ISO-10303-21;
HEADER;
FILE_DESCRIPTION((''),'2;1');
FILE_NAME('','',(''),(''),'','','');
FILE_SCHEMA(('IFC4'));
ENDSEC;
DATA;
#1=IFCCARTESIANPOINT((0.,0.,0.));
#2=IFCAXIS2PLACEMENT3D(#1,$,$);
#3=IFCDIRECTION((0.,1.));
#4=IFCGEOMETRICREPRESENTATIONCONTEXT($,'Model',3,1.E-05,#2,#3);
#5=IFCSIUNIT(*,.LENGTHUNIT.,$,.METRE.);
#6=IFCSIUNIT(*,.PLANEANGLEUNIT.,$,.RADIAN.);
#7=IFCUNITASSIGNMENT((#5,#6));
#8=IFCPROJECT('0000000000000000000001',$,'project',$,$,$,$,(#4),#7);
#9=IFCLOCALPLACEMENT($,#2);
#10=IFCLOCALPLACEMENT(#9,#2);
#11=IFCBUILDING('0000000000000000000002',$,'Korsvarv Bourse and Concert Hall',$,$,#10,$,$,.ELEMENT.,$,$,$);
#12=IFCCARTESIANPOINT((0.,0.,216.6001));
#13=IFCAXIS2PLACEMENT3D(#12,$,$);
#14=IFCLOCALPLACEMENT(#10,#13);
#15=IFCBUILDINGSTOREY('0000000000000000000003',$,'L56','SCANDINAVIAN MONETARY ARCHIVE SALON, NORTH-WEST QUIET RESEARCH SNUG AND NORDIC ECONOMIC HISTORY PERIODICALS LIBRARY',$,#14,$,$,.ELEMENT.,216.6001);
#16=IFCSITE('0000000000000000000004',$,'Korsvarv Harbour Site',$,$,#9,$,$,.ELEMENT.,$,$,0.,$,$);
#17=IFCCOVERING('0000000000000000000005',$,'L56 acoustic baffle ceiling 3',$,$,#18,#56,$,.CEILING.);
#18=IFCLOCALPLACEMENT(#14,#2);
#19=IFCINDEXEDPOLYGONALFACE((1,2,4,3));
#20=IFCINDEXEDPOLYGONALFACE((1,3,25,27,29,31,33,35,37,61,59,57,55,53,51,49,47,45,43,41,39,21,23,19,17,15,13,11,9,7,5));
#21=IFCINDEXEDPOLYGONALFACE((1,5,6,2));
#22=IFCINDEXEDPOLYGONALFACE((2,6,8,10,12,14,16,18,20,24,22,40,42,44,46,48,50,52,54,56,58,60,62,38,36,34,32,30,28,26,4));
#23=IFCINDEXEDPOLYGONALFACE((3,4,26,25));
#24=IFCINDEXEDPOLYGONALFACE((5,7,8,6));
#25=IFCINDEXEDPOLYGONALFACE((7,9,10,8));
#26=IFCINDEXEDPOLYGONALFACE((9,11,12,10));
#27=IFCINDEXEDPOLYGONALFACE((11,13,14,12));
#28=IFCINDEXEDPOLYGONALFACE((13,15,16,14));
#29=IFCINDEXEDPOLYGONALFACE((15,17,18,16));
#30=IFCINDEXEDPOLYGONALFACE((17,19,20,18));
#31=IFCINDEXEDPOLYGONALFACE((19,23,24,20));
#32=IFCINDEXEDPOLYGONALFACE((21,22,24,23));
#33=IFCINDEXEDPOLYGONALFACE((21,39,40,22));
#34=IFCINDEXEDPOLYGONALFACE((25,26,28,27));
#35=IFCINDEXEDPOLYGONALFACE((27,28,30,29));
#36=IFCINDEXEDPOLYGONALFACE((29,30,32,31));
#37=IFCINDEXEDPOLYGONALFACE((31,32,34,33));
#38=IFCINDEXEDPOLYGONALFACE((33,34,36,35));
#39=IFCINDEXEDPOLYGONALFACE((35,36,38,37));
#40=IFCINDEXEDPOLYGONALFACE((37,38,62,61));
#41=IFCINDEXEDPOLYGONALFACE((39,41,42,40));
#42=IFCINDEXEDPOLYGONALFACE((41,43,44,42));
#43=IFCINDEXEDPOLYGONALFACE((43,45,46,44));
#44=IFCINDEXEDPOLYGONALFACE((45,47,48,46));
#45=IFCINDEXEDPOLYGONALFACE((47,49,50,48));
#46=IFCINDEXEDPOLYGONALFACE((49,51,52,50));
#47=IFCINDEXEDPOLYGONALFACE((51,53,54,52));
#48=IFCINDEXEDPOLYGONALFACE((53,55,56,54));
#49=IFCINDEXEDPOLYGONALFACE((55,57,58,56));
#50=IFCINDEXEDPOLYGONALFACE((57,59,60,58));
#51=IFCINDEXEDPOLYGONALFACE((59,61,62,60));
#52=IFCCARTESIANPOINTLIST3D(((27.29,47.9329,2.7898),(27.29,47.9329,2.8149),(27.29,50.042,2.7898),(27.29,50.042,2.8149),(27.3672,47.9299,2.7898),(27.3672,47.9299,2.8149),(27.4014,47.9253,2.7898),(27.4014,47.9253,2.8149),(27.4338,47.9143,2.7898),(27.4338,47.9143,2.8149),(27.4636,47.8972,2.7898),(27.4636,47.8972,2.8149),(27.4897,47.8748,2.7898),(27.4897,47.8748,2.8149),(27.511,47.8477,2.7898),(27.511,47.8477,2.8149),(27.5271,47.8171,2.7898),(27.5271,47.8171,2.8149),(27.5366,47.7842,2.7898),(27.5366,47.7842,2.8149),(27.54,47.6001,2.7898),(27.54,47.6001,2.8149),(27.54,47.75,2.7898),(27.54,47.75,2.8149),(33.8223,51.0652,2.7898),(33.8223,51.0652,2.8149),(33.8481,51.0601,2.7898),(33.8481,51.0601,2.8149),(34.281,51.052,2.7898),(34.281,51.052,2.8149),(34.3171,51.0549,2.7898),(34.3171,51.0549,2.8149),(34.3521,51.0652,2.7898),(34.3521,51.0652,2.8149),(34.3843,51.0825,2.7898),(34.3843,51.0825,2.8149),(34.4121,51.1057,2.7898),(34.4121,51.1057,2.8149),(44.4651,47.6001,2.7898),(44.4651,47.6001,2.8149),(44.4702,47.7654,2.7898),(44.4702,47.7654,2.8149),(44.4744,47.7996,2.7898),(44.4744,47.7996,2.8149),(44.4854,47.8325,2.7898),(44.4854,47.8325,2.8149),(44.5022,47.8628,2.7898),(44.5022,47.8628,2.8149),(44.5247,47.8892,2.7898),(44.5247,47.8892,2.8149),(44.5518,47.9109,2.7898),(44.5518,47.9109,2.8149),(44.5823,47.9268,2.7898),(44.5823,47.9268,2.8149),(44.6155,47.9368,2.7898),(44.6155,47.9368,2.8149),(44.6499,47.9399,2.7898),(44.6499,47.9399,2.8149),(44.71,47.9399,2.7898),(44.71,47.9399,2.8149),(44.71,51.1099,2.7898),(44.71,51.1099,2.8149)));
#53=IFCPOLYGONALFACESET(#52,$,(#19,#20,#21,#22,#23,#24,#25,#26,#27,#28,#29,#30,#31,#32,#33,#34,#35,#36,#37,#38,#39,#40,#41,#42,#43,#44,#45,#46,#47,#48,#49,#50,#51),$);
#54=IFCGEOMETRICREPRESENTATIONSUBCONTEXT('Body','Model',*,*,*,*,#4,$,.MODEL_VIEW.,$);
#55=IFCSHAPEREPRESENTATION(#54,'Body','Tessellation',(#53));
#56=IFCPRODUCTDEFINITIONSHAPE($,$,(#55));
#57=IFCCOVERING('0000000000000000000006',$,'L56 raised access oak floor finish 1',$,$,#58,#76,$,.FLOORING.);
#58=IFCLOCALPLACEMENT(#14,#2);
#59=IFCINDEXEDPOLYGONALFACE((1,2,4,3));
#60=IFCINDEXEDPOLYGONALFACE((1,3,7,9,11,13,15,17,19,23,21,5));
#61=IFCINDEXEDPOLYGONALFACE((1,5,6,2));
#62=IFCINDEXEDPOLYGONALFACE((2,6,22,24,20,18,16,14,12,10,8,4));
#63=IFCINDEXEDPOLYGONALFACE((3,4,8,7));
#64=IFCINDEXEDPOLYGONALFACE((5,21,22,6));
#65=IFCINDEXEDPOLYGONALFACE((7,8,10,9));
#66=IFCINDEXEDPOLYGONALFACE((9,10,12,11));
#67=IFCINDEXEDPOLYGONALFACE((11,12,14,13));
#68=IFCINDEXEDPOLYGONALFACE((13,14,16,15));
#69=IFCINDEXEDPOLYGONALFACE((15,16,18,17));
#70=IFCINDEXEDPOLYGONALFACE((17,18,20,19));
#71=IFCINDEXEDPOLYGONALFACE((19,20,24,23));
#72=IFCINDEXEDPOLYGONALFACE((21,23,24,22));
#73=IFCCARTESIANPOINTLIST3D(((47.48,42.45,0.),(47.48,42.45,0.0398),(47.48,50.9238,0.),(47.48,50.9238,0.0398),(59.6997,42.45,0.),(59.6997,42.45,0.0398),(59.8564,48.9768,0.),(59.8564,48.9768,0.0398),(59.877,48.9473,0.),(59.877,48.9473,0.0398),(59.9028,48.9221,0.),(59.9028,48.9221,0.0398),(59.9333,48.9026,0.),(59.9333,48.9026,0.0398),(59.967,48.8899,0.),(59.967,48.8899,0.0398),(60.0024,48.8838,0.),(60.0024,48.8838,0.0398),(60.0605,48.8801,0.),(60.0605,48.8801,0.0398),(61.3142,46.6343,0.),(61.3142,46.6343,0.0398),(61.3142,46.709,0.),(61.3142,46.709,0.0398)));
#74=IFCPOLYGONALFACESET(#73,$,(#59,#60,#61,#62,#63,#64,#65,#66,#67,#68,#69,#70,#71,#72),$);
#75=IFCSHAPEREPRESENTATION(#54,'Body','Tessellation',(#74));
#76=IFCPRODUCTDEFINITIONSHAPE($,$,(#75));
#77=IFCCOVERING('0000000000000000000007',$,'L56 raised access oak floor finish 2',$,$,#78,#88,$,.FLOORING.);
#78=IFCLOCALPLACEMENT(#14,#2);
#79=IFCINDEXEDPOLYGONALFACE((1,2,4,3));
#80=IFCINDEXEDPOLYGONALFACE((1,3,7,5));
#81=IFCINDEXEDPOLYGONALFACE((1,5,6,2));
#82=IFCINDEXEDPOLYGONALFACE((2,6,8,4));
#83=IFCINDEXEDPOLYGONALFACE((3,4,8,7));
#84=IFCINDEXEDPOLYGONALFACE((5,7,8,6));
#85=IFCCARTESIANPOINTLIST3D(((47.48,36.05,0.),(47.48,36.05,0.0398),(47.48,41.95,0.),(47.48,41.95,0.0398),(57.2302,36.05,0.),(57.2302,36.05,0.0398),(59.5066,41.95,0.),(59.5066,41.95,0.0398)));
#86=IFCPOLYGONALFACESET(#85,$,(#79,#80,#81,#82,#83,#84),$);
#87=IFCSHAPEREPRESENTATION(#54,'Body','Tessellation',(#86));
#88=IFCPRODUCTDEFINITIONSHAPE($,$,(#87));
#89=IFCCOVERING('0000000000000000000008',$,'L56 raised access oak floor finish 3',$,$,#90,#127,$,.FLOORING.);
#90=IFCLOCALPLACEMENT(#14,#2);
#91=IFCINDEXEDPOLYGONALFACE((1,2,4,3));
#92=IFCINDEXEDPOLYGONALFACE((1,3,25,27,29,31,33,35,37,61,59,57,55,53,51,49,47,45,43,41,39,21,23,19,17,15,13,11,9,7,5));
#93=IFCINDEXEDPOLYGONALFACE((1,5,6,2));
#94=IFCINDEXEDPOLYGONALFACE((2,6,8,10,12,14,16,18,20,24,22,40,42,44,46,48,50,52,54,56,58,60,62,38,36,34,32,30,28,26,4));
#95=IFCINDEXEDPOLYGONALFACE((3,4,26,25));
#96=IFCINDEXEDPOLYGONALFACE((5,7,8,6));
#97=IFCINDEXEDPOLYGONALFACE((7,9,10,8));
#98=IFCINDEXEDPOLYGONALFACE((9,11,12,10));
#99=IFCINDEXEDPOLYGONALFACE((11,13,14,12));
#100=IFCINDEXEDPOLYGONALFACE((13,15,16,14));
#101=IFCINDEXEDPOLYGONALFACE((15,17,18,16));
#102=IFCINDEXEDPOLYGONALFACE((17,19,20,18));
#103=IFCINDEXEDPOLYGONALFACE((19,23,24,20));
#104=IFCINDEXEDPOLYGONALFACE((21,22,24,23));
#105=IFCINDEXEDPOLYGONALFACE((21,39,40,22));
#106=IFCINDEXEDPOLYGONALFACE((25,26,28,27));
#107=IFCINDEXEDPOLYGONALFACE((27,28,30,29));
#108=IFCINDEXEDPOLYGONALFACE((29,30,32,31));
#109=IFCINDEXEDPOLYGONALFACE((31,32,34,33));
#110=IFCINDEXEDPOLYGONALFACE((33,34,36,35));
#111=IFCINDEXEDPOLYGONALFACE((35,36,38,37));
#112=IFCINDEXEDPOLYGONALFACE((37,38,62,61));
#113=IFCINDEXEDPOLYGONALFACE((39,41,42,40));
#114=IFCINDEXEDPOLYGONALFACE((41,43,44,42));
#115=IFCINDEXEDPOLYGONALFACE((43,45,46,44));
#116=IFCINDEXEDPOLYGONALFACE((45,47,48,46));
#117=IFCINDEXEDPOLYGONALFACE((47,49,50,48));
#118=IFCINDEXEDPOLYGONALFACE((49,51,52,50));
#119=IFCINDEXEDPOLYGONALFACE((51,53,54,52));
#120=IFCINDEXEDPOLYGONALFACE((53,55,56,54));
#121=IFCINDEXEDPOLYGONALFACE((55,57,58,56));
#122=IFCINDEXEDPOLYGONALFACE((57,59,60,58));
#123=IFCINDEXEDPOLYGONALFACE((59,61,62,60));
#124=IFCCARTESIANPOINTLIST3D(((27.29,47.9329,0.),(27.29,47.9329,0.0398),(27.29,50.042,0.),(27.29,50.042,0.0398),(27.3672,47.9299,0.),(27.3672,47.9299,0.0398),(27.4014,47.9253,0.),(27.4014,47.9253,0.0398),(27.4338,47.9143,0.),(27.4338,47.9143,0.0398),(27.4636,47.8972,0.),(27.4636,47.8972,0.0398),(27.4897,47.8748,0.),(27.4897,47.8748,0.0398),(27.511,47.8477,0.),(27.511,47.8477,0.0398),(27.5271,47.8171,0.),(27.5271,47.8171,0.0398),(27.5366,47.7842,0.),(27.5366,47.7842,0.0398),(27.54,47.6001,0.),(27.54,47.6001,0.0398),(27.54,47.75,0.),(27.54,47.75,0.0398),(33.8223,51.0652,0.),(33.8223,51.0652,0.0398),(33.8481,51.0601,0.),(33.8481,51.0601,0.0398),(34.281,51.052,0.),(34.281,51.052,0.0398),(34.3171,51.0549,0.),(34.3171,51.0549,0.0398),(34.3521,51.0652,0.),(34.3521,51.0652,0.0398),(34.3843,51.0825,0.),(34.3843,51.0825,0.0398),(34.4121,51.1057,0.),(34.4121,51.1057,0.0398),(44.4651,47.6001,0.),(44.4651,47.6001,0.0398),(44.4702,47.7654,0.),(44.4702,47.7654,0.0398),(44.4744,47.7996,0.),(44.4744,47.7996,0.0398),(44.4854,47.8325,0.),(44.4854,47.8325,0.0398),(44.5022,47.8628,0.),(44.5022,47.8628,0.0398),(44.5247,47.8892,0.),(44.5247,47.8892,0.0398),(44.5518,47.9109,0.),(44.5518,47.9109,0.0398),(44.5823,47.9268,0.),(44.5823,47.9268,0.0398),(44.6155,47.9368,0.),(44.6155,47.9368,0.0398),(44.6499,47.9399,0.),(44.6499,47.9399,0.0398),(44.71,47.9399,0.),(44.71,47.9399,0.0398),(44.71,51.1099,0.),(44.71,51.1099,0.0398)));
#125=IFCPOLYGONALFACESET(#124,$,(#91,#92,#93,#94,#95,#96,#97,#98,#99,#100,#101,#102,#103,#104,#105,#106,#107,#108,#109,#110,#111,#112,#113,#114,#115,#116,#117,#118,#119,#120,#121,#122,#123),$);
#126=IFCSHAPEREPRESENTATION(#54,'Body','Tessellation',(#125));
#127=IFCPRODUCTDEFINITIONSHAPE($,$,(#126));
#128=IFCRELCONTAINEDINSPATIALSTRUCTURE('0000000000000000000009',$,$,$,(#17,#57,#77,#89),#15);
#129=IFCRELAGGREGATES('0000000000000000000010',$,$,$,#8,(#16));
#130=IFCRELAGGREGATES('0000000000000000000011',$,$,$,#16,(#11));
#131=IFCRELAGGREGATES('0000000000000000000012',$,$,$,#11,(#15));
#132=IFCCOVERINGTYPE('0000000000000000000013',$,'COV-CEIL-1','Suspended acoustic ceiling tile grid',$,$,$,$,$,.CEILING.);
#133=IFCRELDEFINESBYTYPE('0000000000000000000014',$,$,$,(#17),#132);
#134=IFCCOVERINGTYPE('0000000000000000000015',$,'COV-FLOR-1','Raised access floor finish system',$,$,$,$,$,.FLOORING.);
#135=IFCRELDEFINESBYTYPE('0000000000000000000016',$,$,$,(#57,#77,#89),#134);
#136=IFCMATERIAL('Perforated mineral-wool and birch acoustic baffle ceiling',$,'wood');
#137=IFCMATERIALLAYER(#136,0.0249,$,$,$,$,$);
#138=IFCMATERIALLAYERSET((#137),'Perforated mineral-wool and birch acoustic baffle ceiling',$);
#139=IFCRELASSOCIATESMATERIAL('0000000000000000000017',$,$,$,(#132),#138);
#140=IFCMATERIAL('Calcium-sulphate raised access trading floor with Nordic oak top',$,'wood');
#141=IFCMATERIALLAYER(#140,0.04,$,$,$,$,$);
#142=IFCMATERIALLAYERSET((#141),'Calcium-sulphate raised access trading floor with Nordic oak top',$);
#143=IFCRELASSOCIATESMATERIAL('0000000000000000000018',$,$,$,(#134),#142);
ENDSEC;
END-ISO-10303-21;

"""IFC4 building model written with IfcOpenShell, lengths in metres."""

from ifc_helpers import new_model, si_unit, direction, frame, origin, place, context, subcontext, project, spatial, polyline, outline, extrude, material, layer, layer_set, type_object, element, save


model = new_model("IFC4")

# Units and contexts
model_context = context("Model", 3, precision=1e-05, world=origin(), true_north=direction((0.0, 1.0)))
body_context = subcontext(model_context, "Body", "Model", "MODEL_VIEW")
ifc_project = project(units=[si_unit("LENGTHUNIT", "METRE"), si_unit("PLANEANGLEUNIT", "RADIAN")], contexts=[model_context])

# Site, building, storey
site_placement = place(None, origin())
site = spatial("IfcSite", under=ifc_project, at=site_placement, Name="Korsvarv Harbour Site", CompositionType="ELEMENT", RefElevation=0.0)
building_placement = place(site_placement, origin())
building = spatial("IfcBuilding", under=site, at=building_placement, Name="Korsvarv Bourse and Concert Hall", CompositionType="ELEMENT")
storey_placement = place(building_placement, frame((0.0, 0.0, 216.6001)))
storey = spatial("IfcBuildingStorey", under=building, at=storey_placement, Name="L56", Description="SCANDINAVIAN MONETARY ARCHIVE SALON, NORTH-WEST QUIET RESEARCH SNUG AND NORDIC ECONOMIC HISTORY PERIODICALS LIBRARY", CompositionType="ELEMENT", Elevation=216.6001)

# Coverings
ifc_material_1 = material(Name="Perforated mineral-wool and birch acoustic baffle ceiling", Category="wood")
ifc_layer_1 = layer(ifc_material_1, 0.0249)
ifc_layer_set_1 = layer_set([ifc_layer_1], Name="Perforated mineral-wool and birch acoustic baffle ceiling")
covering_type_1 = type_object("IfcCoveringType", Name="COV-CEIL-1", Description="Suspended acoustic ceiling tile grid", PredefinedType="CEILING", material=ifc_layer_set_1)
covering_1_placement = place(storey_placement, frame((0.0, 0.0, 2.7898)))
element("IfcCovering", 1, at=covering_1_placement, inside=storey, type_object=covering_type_1, Name="L56 acoustic baffle ceiling 3", PredefinedType="CEILING", context=body_context, shape_type="SweptSolid", body=[
    extrude(outline(polyline([(33.8223, 51.0652), (33.8481, 51.0601), (34.281, 51.052), (34.3171, 51.0549), (34.3521, 51.0652), (34.3843, 51.0825), (34.4121, 51.1057), (44.71, 51.1099), (44.71, 47.9399), (44.6499, 47.9399), (44.6155, 47.9368), (44.5823, 47.9268), (44.5518, 47.9109), (44.5247, 47.8892), (44.5022, 47.8628), (44.4854, 47.8325), (44.4744, 47.7996), (44.4702, 47.7654), (44.4651, 47.6001), (27.54, 47.6001), (27.54, 47.75), (27.5366, 47.7842), (27.5271, 47.8171), (27.511, 47.8477), (27.4897, 47.8748), (27.4636, 47.8972), (27.4338, 47.9143), (27.4014, 47.9253), (27.3672, 47.9299), (27.29, 47.9329), (27.29, 50.042), (33.8223, 51.0652)])), origin(), (0.0, 0.0, 1.0), 0.0251),
])
ifc_material_2 = material(Name="Calcium-sulphate raised access trading floor with Nordic oak top", Category="wood")
ifc_layer_2 = layer(ifc_material_2, 0.04)
ifc_layer_set_2 = layer_set([ifc_layer_2], Name="Calcium-sulphate raised access trading floor with Nordic oak top")
covering_type_2 = type_object("IfcCoveringType", Name="COV-FLOR-1", Description="Raised access floor finish system", PredefinedType="FLOORING", material=ifc_layer_set_2)
covering_2_placement = place(storey_placement, origin())
element("IfcCovering", 2, at=covering_2_placement, inside=storey, type_object=covering_type_2, Name="L56 raised access oak floor finish 1", PredefinedType="FLOORING", context=body_context, shape_type="SweptSolid", body=[
    extrude(outline(polyline([(59.8564, 48.9768), (59.877, 48.9473), (59.9028, 48.9221), (59.9333, 48.9026), (59.967, 48.8899), (60.0024, 48.8838), (60.0605, 48.8801), (61.3142, 46.709), (61.3142, 46.6343), (59.6997, 42.45), (47.48, 42.45), (47.48, 50.9238), (59.8564, 48.9768)])), origin(), (0.0, 0.0, 1.0), 0.0398),
])
covering_3_placement = place(storey_placement, origin())
element("IfcCovering", 3, at=covering_3_placement, inside=storey, type_object=covering_type_2, Name="L56 raised access oak floor finish 2", PredefinedType="FLOORING", context=body_context, shape_type="SweptSolid", body=[
    extrude(outline(polyline([(47.48, 36.05), (47.48, 41.95), (59.5066, 41.95), (57.2302, 36.05), (47.48, 36.05)])), origin(), (0.0, 0.0, 1.0), 0.0398),
])
covering_4_placement = place(storey_placement, origin())
element("IfcCovering", 4, at=covering_4_placement, inside=storey, type_object=covering_type_2, Name="L56 raised access oak floor finish 3", PredefinedType="FLOORING", context=body_context, shape_type="SweptSolid", body=[
    extrude(outline(polyline([(33.8223, 51.0652), (33.8481, 51.0601), (34.281, 51.052), (34.3171, 51.0549), (34.3521, 51.0652), (34.3843, 51.0825), (34.4121, 51.1057), (44.71, 51.1099), (44.71, 47.9399), (44.6499, 47.9399), (44.6155, 47.9368), (44.5823, 47.9268), (44.5518, 47.9109), (44.5247, 47.8892), (44.5022, 47.8628), (44.4854, 47.8325), (44.4744, 47.7996), (44.4702, 47.7654), (44.4651, 47.6001), (27.54, 47.6001), (27.54, 47.75), (27.5366, 47.7842), (27.5271, 47.8171), (27.511, 47.8477), (27.4897, 47.8748), (27.4636, 47.8972), (27.4338, 47.9143), (27.4014, 47.9253), (27.3672, 47.9299), (27.29, 47.9329), (27.29, 50.042), (33.8223, 51.0652)])), origin(), (0.0, 0.0, 1.0), 0.0398),
])

save(model, "model.ifc")
